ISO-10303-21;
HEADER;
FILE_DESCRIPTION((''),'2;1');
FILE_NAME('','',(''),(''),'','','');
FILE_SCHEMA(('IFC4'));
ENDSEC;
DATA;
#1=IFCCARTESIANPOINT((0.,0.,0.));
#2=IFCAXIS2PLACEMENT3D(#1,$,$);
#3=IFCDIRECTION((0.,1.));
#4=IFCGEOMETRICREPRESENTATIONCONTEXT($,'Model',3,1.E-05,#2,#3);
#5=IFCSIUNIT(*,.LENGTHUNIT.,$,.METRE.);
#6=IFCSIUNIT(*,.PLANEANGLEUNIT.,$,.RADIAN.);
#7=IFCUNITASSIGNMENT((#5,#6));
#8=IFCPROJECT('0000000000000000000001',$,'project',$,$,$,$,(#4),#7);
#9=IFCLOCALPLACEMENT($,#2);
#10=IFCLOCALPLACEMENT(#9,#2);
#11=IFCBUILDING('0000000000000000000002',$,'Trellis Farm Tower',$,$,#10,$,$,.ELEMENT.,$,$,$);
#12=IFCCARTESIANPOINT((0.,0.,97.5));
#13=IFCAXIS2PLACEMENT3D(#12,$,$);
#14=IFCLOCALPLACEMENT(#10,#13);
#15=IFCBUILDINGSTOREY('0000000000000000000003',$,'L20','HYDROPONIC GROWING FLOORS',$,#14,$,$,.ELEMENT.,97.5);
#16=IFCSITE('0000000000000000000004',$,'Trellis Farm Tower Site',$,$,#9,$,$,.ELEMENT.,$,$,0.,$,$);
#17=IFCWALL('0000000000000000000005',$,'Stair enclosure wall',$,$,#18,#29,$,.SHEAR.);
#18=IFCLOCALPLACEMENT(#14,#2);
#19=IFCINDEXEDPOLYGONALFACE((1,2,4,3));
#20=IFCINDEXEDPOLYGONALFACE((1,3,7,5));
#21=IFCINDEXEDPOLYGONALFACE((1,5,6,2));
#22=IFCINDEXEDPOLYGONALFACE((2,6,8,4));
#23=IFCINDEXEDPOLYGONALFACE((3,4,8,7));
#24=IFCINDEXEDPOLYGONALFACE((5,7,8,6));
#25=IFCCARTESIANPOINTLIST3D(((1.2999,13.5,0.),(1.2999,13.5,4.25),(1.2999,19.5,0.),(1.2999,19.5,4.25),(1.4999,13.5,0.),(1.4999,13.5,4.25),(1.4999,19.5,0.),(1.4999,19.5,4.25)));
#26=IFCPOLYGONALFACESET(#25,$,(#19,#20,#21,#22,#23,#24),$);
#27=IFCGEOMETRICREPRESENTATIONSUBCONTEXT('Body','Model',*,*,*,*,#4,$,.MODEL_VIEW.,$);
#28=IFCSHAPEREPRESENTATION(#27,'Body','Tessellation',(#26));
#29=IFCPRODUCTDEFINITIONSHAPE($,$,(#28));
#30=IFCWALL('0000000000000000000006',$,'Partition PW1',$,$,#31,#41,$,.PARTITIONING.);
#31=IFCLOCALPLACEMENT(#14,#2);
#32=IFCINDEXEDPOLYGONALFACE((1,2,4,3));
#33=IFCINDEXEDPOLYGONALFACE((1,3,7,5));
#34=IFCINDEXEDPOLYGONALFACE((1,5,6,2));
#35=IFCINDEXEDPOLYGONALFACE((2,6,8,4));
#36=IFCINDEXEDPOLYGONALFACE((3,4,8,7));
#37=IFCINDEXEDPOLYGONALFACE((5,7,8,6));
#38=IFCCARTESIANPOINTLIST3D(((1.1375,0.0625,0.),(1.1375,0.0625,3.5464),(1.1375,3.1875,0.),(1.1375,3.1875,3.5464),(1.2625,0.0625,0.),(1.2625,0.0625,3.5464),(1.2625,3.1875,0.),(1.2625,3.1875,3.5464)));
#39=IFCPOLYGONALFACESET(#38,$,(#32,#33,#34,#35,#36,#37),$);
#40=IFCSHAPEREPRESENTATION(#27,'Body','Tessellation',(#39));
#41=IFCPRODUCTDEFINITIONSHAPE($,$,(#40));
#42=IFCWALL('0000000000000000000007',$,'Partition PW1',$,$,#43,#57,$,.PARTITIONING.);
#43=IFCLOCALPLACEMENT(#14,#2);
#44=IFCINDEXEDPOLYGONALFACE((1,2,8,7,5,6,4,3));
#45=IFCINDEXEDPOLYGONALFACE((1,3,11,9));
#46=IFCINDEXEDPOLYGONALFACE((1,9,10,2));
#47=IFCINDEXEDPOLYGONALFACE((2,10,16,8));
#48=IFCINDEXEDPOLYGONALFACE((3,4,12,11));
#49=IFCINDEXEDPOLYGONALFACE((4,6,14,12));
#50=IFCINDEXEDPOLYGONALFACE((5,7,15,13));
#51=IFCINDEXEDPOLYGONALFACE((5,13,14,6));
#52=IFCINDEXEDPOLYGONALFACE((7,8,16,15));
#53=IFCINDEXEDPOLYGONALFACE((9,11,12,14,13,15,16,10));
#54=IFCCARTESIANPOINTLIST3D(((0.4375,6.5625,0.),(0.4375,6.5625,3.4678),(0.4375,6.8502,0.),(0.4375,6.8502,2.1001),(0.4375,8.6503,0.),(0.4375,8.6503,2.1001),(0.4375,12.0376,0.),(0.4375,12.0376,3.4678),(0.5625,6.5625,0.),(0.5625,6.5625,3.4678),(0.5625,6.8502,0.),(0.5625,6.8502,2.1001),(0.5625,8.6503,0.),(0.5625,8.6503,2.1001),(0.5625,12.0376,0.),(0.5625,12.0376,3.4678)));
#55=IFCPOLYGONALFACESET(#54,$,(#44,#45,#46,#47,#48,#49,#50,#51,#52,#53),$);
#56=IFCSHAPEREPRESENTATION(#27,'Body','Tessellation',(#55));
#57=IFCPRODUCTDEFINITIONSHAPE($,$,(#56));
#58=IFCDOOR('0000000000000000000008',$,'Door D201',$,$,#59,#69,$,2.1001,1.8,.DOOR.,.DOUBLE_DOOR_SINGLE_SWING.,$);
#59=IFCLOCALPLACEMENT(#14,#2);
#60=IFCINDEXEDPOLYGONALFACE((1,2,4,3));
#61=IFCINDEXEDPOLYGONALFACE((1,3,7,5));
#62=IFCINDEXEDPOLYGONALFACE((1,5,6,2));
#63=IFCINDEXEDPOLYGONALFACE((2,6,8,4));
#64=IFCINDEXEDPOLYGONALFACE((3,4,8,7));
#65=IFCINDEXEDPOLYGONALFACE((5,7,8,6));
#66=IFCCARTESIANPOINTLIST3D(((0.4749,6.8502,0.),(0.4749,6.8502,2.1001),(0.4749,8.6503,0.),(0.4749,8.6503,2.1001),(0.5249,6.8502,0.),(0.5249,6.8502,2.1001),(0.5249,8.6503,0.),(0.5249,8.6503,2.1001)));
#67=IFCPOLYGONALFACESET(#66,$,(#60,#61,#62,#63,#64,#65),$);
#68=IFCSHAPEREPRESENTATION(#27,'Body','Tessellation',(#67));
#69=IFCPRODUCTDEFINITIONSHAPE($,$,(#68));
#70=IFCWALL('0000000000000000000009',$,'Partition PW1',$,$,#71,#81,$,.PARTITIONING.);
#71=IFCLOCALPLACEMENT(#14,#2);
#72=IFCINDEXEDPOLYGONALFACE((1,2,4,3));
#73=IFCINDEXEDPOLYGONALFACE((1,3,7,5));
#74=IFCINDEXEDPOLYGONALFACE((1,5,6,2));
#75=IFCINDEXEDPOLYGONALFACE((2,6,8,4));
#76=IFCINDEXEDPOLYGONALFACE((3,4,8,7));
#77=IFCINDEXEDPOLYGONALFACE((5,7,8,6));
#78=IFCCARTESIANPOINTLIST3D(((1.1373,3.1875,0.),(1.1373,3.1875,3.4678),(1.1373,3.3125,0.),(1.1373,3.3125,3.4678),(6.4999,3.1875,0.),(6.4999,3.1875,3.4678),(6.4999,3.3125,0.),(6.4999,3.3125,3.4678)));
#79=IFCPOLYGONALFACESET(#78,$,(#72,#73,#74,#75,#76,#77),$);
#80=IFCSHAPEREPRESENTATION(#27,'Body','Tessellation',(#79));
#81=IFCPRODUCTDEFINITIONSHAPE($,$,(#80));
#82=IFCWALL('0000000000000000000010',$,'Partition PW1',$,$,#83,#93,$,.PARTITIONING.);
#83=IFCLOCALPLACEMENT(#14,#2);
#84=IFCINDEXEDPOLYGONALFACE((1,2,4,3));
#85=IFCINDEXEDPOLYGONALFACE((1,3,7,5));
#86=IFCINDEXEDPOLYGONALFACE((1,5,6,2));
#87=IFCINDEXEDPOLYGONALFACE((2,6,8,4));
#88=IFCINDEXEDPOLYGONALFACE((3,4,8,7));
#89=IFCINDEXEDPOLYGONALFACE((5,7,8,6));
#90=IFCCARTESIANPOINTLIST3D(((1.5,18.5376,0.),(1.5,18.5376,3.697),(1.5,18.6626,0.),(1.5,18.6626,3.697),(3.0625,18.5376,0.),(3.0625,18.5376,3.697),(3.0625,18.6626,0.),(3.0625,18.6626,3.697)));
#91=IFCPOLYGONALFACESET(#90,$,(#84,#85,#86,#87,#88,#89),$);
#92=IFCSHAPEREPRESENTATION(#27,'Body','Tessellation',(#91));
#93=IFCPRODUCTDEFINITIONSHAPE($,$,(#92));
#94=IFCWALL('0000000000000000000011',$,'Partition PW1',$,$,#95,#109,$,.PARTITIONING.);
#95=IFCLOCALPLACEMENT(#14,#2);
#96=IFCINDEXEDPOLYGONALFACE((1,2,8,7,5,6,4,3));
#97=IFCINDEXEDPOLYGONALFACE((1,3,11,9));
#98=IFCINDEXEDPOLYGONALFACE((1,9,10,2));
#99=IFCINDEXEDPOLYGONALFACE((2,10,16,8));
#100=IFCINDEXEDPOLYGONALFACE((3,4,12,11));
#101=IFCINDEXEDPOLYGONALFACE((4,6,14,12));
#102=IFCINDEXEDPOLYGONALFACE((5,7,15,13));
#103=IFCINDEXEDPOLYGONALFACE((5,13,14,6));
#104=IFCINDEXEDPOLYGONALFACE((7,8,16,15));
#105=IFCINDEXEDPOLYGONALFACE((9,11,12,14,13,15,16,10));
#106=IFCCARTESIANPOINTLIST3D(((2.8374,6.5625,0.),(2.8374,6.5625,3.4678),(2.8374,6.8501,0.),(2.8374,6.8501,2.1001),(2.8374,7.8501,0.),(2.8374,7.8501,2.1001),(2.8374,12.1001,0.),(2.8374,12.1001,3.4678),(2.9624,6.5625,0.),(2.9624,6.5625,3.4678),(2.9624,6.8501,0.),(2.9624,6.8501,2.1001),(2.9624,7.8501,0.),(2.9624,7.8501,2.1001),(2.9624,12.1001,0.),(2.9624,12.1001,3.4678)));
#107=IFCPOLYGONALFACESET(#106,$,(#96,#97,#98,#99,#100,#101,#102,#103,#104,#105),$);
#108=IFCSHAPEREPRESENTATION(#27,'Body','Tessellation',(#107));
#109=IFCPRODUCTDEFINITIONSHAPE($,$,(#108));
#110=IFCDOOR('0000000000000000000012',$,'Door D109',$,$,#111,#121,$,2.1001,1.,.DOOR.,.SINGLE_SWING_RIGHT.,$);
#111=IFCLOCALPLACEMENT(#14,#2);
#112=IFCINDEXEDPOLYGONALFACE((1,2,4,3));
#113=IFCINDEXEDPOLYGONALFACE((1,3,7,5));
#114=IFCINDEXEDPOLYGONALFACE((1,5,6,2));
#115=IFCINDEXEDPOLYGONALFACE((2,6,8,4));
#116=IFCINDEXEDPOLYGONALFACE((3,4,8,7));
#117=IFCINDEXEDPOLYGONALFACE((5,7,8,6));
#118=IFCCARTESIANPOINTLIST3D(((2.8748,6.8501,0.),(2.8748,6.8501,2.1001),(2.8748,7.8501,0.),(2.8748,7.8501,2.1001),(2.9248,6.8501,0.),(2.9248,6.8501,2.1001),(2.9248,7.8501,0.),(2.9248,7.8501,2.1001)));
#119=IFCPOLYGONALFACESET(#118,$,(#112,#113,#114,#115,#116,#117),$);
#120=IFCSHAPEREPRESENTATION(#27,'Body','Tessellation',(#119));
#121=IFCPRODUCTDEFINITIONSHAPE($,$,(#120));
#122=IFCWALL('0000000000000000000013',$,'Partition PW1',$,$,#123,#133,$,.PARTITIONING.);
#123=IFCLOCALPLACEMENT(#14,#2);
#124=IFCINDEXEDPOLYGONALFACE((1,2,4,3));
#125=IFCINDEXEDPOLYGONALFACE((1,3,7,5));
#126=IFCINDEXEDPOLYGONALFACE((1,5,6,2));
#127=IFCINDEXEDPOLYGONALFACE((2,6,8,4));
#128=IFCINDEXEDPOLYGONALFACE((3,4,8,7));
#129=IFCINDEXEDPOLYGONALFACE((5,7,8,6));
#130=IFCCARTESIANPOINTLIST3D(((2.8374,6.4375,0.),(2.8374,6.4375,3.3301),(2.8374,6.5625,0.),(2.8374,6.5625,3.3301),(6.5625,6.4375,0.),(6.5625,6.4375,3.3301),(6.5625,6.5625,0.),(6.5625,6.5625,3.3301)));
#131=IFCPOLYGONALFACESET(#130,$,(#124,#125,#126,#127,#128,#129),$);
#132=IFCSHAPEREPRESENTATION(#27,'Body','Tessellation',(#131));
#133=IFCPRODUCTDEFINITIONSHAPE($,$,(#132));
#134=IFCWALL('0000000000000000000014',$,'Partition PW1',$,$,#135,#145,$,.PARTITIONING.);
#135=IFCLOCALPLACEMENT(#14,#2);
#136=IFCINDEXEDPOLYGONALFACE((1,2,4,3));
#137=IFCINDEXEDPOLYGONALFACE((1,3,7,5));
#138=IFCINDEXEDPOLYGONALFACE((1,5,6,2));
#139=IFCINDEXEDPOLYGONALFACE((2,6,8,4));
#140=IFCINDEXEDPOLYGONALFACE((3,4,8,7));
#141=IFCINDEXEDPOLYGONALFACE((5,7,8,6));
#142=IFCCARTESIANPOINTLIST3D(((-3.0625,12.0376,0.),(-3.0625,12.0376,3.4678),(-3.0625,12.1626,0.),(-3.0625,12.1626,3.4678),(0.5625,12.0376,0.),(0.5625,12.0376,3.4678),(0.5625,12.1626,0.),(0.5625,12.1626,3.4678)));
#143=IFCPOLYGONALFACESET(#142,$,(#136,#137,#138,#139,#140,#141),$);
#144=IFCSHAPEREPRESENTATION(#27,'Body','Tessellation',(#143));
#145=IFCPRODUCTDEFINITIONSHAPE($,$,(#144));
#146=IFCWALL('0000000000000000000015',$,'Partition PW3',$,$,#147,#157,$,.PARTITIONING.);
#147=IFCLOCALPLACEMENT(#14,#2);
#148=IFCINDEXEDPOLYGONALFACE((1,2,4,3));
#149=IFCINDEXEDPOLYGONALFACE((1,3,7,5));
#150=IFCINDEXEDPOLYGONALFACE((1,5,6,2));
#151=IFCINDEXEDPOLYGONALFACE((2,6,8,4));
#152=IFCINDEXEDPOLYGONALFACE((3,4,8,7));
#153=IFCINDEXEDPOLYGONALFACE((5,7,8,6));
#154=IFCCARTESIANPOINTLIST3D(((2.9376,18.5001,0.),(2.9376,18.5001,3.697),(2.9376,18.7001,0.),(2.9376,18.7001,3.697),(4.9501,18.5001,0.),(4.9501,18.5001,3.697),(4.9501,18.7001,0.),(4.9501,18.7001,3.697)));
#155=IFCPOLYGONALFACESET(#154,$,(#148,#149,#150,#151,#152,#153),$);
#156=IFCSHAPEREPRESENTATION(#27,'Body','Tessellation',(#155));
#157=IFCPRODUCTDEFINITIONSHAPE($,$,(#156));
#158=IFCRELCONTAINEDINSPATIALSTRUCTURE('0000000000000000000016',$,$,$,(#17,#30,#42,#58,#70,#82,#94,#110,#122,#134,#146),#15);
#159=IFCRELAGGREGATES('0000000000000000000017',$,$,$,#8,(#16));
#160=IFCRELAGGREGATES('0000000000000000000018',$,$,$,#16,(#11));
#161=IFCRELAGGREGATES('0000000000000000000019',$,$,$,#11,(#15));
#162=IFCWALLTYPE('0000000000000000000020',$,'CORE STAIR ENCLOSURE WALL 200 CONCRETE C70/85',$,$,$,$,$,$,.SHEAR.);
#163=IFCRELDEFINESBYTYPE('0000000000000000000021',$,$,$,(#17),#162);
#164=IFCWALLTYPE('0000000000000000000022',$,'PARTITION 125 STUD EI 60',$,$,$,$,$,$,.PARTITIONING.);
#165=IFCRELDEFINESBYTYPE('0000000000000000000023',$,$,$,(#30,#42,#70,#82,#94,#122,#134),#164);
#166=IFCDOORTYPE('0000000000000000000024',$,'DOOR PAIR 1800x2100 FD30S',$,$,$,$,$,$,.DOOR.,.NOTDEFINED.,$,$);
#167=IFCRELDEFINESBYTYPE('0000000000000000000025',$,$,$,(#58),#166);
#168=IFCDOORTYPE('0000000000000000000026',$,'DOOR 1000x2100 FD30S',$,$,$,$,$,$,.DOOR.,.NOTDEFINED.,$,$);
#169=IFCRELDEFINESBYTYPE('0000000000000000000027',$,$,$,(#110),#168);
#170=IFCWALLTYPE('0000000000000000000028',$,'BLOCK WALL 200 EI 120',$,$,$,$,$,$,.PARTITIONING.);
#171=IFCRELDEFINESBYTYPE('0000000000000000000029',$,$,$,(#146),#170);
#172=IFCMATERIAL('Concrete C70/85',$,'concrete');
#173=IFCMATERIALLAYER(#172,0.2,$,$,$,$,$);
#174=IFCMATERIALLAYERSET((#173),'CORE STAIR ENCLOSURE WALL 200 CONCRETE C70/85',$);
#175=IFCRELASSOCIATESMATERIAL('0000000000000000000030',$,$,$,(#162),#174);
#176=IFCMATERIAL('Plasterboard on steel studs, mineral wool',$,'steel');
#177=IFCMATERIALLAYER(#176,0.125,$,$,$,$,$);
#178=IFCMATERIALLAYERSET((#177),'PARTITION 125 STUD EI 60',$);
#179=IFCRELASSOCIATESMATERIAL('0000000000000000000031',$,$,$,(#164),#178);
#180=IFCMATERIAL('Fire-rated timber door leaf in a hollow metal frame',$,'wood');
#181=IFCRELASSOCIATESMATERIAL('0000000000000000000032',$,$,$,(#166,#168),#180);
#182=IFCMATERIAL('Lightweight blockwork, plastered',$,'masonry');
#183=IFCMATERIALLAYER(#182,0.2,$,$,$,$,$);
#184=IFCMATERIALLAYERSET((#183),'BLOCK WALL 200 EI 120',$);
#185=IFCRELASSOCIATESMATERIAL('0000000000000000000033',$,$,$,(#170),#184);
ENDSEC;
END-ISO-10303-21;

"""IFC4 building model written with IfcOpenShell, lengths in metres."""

from ifc_helpers import new_model, si_unit, direction, frame, frame_2d, origin, place, context, subcontext, project, spatial, rectangle, extrude, source, transform, mapped, material, layer, layer_set, type_object, element, fill, save


model = new_model("IFC4")

# Units and contexts
model_context = context("Model", 3, precision=1e-05, world=origin(), true_north=direction((0.0, 1.0)))
body_context = subcontext(model_context, "Body", "Model", "MODEL_VIEW")
ifc_project = project(units=[si_unit("LENGTHUNIT", "METRE"), si_unit("PLANEANGLEUNIT", "RADIAN")], contexts=[model_context])

# Site, building, storey
site_placement = place(None, origin())
site = spatial("IfcSite", under=ifc_project, at=site_placement, Name="Trellis Farm Tower Site", CompositionType="ELEMENT", RefElevation=0.0)
building_placement = place(site_placement, origin())
building = spatial("IfcBuilding", under=site, at=building_placement, Name="Trellis Farm Tower", CompositionType="ELEMENT")
storey_placement = place(building_placement, frame((0.0, 0.0, 97.5)))
storey = spatial("IfcBuildingStorey", under=building, at=storey_placement, Name="L20", Description="HYDROPONIC GROWING FLOORS", CompositionType="ELEMENT", Elevation=97.5)

# Walls
ifc_material_1 = material(Name="Concrete C70/85", Category="concrete")
ifc_layer_1 = layer(ifc_material_1, 0.2)
ifc_layer_set_1 = layer_set([ifc_layer_1], Name="CORE STAIR ENCLOSURE WALL 200 CONCRETE C70/85")
wall_type_1 = type_object("IfcWallType", Name="CORE STAIR ENCLOSURE WALL 200 CONCRETE C70/85", PredefinedType="SHEAR", material=ifc_layer_set_1)
shared_shape_1 = source(origin(), body_context, "Body", "SweptSolid", [
    extrude(rectangle(XDim=6.0, YDim=0.2, at=frame_2d((3.0, 0.0))), origin(), (0.0, 0.0, 1.0), 4.25),
])
wall_1_placement = place(storey_placement, frame((1.3999, 13.5, 0.0), z_axis=(0.0, 0.0, 1.0), x_axis=(0.0, 1.0, 0.0)))
element("IfcWall", 1, at=wall_1_placement, inside=storey, type_object=wall_type_1, Name="Stair enclosure wall", PredefinedType="SHEAR", context=body_context, shape_type="MappedRepresentation", body=[
    mapped(shared_shape_1, transform((0.0, 0.0, 0.0))),
])
ifc_material_2 = material(Name="Plasterboard on steel studs, mineral wool", Category="steel")
ifc_layer_2 = layer(ifc_material_2, 0.125)
ifc_layer_set_2 = layer_set([ifc_layer_2], Name="PARTITION 125 STUD EI 60")
wall_type_2 = type_object("IfcWallType", Name="PARTITION 125 STUD EI 60", PredefinedType="PARTITIONING", material=ifc_layer_set_2)
shared_shape_2 = source(origin(), body_context, "Body", "SweptSolid", [
    extrude(rectangle(XDim=3.125, YDim=0.125, at=frame_2d((1.5625, 0.0))), origin(), (0.0, 0.0, 1.0), 3.5464),
])
wall_2_placement = place(storey_placement, frame((1.2, 3.1875, 0.0), z_axis=(0.0, 0.0, 1.0), x_axis=(0.0, -1.0, 0.0)))
element("IfcWall", 2, at=wall_2_placement, inside=storey, type_object=wall_type_2, Name="Partition PW1", PredefinedType="PARTITIONING", context=body_context, shape_type="MappedRepresentation", body=[
    mapped(shared_shape_2, transform((0.0, 0.0, 0.0))),
])

# Wall, opening, door
shared_shape_3 = source(origin(), body_context, "Body", "SweptSolid", [
    extrude(rectangle(XDim=5.4751, YDim=0.125, at=frame_2d((2.7375, 0.0))), origin(), (0.0, 0.0, 1.0), 3.4678),
])
wall_3_placement = place(storey_placement, frame((0.5, 12.0376, 0.0), z_axis=(0.0, 0.0, 1.0), x_axis=(0.0, -1.0, 0.0)))
wall_3 = element("IfcWall", 3, at=wall_3_placement, inside=storey, type_object=wall_type_2, Name="Partition PW1", PredefinedType="PARTITIONING", context=body_context, shape_type="MappedRepresentation", body=[
    mapped(shared_shape_3, transform((0.0, 0.0, 0.0))),
])
shared_shape_4 = source(origin(), body_context, "Body", "SweptSolid", [
    extrude(rectangle(XDim=1.8, YDim=2.1001, at=frame_2d((0.8999, 1.05))), frame((0.0, 0.0725, 0.0), z_axis=(0.0, -1.0, 0.0), x_axis=(1.0, 0.0, 0.0)), (0.0, 0.0, 1.0), 0.145),
])
opening_1_placement = place(wall_3_placement, frame((3.3875, 0.0, 0.0)))
opening_1 = element("IfcOpeningElement", 4, at=opening_1_placement, cuts=wall_3, PredefinedType="OPENING", context=body_context, shape_type="MappedRepresentation", body=[
    mapped(shared_shape_4, transform((0.0, 0.0, 0.0))),
])
ifc_material_3 = material(Name="Fire-rated timber door leaf in a hollow metal frame", Category="wood")
door_type_1 = type_object("IfcDoorType", Name="DOOR PAIR 1800x2100 FD30S", OperationType="NOTDEFINED", PredefinedType="DOOR", material=ifc_material_3)
shared_shape_5 = source(origin(), body_context, "Body", "SweptSolid", [
    extrude(rectangle(XDim=1.8, YDim=2.1001, at=frame_2d((0.8999, 1.05))), frame((0.0, 0.0249, 0.0), z_axis=(0.0, -1.0, 0.0), x_axis=(1.0, 0.0, 0.0)), (0.0, 0.0, 1.0), 0.05),
])
door_1_placement = place(opening_1_placement, origin())
door_1 = element("IfcDoor", 5, at=door_1_placement, inside=storey, type_object=door_type_1, Name="Door D201", OperationType="DOUBLE_DOOR_SINGLE_SWING", OverallHeight=2.1001, OverallWidth=1.8, PredefinedType="DOOR", context=body_context, shape_type="MappedRepresentation", body=[
    mapped(shared_shape_5, transform((0.0, 0.0, 0.0))),
])
fill(opening_1, door_1)

# Walls
shared_shape_6 = source(origin(), body_context, "Body", "SweptSolid", [
    extrude(rectangle(XDim=5.3625, YDim=0.125, at=frame_2d((2.6812, 0.0))), origin(), (0.0, 0.0, 1.0), 3.4678),
])
wall_4_placement = place(storey_placement, frame((1.1375, 3.25, 0.0), z_axis=(0.0, 0.0, 1.0), x_axis=(1.0, 0.0, 0.0)))
element("IfcWall", 6, at=wall_4_placement, inside=storey, type_object=wall_type_2, Name="Partition PW1", PredefinedType="PARTITIONING", context=body_context, shape_type="MappedRepresentation", body=[
    mapped(shared_shape_6, transform((0.0, 0.0, 0.0))),
])
shared_shape_7 = source(origin(), body_context, "Body", "SweptSolid", [
    extrude(rectangle(XDim=1.5625, YDim=0.125, at=frame_2d((0.7812, 0.0))), origin(), (0.0, 0.0, 1.0), 3.697),
])
wall_5_placement = place(storey_placement, frame((1.5, 18.6001, 0.0), z_axis=(0.0, 0.0, 1.0), x_axis=(1.0, 0.0, 0.0)))
element("IfcWall", 7, at=wall_5_placement, inside=storey, type_object=wall_type_2, Name="Partition PW1", PredefinedType="PARTITIONING", context=body_context, shape_type="MappedRepresentation", body=[
    mapped(shared_shape_7, transform((0.0, 0.0, 0.0))),
])

# Wall, opening, door
shared_shape_8 = source(origin(), body_context, "Body", "SweptSolid", [
    extrude(rectangle(XDim=5.5376, YDim=0.125, at=frame_2d((2.7688, 0.0))), origin(), (0.0, 0.0, 1.0), 3.4678),
])
wall_6_placement = place(storey_placement, frame((2.8999, 12.1001, 0.0), z_axis=(0.0, 0.0, 1.0), x_axis=(0.0, -1.0, 0.0)))
wall_6 = element("IfcWall", 8, at=wall_6_placement, inside=storey, type_object=wall_type_2, Name="Partition PW1", PredefinedType="PARTITIONING", context=body_context, shape_type="MappedRepresentation", body=[
    mapped(shared_shape_8, transform((0.0, 0.0, 0.0))),
])
shared_shape_9 = source(origin(), body_context, "Body", "SweptSolid", [
    extrude(rectangle(XDim=1.0, YDim=2.1001, at=frame_2d((0.5, 1.05))), frame((0.0, 0.0725, 0.0), z_axis=(0.0, -1.0, 0.0), x_axis=(1.0, 0.0, 0.0)), (0.0, 0.0, 1.0), 0.145),
])
opening_2_placement = place(wall_6_placement, frame((4.25, 0.0, 0.0)))
opening_2 = element("IfcOpeningElement", 9, at=opening_2_placement, cuts=wall_6, PredefinedType="OPENING", context=body_context, shape_type="MappedRepresentation", body=[
    mapped(shared_shape_9, transform((0.0, 0.0, 0.0))),
])
door_type_2 = type_object("IfcDoorType", Name="DOOR 1000x2100 FD30S", OperationType="NOTDEFINED", PredefinedType="DOOR", material=ifc_material_3)
shared_shape_10 = source(origin(), body_context, "Body", "SweptSolid", [
    extrude(rectangle(XDim=1.0, YDim=2.1001, at=frame_2d((0.5, 1.05))), frame((0.0, 0.0249, 0.0), z_axis=(0.0, -1.0, 0.0), x_axis=(1.0, 0.0, 0.0)), (0.0, 0.0, 1.0), 0.05),
])
door_2_placement = place(opening_2_placement, origin())
door_2 = element("IfcDoor", 10, at=door_2_placement, inside=storey, type_object=door_type_2, Name="Door D109", OperationType="SINGLE_SWING_RIGHT", OverallHeight=2.1001, OverallWidth=1.0, PredefinedType="DOOR", context=body_context, shape_type="MappedRepresentation", body=[
    mapped(shared_shape_10, transform((0.0, 0.0, 0.0))),
])
fill(opening_2, door_2)

# Walls
shared_shape_11 = source(origin(), body_context, "Body", "SweptSolid", [
    extrude(rectangle(XDim=3.7251, YDim=0.125, at=frame_2d((1.8625, 0.0))), origin(), (0.0, 0.0, 1.0), 3.3301),
])
wall_7_placement = place(storey_placement, frame((2.8374, 6.5, 0.0), z_axis=(0.0, 0.0, 1.0), x_axis=(1.0, 0.0, 0.0)))
element("IfcWall", 11, at=wall_7_placement, inside=storey, type_object=wall_type_2, Name="Partition PW1", PredefinedType="PARTITIONING", context=body_context, shape_type="MappedRepresentation", body=[
    mapped(shared_shape_11, transform((0.0, 0.0, 0.0))),
])
shared_shape_12 = source(origin(), body_context, "Body", "SweptSolid", [
    extrude(rectangle(XDim=3.625, YDim=0.125, at=frame_2d((1.8125, 0.0))), origin(), (0.0, 0.0, 1.0), 3.4678),
])
wall_8_placement = place(storey_placement, frame((0.5625, 12.1001, 0.0), z_axis=(0.0, 0.0, 1.0), x_axis=(-1.0, 0.0, 0.0)))
element("IfcWall", 12, at=wall_8_placement, inside=storey, type_object=wall_type_2, Name="Partition PW1", PredefinedType="PARTITIONING", context=body_context, shape_type="MappedRepresentation", body=[
    mapped(shared_shape_12, transform((0.0, 0.0, 0.0))),
])
ifc_material_4 = material(Name="Lightweight blockwork, plastered", Category="masonry")
ifc_layer_3 = layer(ifc_material_4, 0.2)
ifc_layer_set_3 = layer_set([ifc_layer_3], Name="BLOCK WALL 200 EI 120")
wall_type_3 = type_object("IfcWallType", Name="BLOCK WALL 200 EI 120", PredefinedType="PARTITIONING", material=ifc_layer_set_3)
shared_shape_13 = source(origin(), body_context, "Body", "SweptSolid", [
    extrude(rectangle(XDim=2.0125, YDim=0.2, at=frame_2d((1.0063, 0.0))), origin(), (0.0, 0.0, 1.0), 3.697),
])
wall_9_placement = place(storey_placement, frame((2.9375, 18.6001, 0.0), z_axis=(0.0, 0.0, 1.0), x_axis=(1.0, 0.0, 0.0)))
element("IfcWall", 13, at=wall_9_placement, inside=storey, type_object=wall_type_3, Name="Partition PW3", PredefinedType="PARTITIONING", context=body_context, shape_type="MappedRepresentation", body=[
    mapped(shared_shape_13, transform((0.0, 0.0, 0.0))),
])

save(model, "model.ifc")
